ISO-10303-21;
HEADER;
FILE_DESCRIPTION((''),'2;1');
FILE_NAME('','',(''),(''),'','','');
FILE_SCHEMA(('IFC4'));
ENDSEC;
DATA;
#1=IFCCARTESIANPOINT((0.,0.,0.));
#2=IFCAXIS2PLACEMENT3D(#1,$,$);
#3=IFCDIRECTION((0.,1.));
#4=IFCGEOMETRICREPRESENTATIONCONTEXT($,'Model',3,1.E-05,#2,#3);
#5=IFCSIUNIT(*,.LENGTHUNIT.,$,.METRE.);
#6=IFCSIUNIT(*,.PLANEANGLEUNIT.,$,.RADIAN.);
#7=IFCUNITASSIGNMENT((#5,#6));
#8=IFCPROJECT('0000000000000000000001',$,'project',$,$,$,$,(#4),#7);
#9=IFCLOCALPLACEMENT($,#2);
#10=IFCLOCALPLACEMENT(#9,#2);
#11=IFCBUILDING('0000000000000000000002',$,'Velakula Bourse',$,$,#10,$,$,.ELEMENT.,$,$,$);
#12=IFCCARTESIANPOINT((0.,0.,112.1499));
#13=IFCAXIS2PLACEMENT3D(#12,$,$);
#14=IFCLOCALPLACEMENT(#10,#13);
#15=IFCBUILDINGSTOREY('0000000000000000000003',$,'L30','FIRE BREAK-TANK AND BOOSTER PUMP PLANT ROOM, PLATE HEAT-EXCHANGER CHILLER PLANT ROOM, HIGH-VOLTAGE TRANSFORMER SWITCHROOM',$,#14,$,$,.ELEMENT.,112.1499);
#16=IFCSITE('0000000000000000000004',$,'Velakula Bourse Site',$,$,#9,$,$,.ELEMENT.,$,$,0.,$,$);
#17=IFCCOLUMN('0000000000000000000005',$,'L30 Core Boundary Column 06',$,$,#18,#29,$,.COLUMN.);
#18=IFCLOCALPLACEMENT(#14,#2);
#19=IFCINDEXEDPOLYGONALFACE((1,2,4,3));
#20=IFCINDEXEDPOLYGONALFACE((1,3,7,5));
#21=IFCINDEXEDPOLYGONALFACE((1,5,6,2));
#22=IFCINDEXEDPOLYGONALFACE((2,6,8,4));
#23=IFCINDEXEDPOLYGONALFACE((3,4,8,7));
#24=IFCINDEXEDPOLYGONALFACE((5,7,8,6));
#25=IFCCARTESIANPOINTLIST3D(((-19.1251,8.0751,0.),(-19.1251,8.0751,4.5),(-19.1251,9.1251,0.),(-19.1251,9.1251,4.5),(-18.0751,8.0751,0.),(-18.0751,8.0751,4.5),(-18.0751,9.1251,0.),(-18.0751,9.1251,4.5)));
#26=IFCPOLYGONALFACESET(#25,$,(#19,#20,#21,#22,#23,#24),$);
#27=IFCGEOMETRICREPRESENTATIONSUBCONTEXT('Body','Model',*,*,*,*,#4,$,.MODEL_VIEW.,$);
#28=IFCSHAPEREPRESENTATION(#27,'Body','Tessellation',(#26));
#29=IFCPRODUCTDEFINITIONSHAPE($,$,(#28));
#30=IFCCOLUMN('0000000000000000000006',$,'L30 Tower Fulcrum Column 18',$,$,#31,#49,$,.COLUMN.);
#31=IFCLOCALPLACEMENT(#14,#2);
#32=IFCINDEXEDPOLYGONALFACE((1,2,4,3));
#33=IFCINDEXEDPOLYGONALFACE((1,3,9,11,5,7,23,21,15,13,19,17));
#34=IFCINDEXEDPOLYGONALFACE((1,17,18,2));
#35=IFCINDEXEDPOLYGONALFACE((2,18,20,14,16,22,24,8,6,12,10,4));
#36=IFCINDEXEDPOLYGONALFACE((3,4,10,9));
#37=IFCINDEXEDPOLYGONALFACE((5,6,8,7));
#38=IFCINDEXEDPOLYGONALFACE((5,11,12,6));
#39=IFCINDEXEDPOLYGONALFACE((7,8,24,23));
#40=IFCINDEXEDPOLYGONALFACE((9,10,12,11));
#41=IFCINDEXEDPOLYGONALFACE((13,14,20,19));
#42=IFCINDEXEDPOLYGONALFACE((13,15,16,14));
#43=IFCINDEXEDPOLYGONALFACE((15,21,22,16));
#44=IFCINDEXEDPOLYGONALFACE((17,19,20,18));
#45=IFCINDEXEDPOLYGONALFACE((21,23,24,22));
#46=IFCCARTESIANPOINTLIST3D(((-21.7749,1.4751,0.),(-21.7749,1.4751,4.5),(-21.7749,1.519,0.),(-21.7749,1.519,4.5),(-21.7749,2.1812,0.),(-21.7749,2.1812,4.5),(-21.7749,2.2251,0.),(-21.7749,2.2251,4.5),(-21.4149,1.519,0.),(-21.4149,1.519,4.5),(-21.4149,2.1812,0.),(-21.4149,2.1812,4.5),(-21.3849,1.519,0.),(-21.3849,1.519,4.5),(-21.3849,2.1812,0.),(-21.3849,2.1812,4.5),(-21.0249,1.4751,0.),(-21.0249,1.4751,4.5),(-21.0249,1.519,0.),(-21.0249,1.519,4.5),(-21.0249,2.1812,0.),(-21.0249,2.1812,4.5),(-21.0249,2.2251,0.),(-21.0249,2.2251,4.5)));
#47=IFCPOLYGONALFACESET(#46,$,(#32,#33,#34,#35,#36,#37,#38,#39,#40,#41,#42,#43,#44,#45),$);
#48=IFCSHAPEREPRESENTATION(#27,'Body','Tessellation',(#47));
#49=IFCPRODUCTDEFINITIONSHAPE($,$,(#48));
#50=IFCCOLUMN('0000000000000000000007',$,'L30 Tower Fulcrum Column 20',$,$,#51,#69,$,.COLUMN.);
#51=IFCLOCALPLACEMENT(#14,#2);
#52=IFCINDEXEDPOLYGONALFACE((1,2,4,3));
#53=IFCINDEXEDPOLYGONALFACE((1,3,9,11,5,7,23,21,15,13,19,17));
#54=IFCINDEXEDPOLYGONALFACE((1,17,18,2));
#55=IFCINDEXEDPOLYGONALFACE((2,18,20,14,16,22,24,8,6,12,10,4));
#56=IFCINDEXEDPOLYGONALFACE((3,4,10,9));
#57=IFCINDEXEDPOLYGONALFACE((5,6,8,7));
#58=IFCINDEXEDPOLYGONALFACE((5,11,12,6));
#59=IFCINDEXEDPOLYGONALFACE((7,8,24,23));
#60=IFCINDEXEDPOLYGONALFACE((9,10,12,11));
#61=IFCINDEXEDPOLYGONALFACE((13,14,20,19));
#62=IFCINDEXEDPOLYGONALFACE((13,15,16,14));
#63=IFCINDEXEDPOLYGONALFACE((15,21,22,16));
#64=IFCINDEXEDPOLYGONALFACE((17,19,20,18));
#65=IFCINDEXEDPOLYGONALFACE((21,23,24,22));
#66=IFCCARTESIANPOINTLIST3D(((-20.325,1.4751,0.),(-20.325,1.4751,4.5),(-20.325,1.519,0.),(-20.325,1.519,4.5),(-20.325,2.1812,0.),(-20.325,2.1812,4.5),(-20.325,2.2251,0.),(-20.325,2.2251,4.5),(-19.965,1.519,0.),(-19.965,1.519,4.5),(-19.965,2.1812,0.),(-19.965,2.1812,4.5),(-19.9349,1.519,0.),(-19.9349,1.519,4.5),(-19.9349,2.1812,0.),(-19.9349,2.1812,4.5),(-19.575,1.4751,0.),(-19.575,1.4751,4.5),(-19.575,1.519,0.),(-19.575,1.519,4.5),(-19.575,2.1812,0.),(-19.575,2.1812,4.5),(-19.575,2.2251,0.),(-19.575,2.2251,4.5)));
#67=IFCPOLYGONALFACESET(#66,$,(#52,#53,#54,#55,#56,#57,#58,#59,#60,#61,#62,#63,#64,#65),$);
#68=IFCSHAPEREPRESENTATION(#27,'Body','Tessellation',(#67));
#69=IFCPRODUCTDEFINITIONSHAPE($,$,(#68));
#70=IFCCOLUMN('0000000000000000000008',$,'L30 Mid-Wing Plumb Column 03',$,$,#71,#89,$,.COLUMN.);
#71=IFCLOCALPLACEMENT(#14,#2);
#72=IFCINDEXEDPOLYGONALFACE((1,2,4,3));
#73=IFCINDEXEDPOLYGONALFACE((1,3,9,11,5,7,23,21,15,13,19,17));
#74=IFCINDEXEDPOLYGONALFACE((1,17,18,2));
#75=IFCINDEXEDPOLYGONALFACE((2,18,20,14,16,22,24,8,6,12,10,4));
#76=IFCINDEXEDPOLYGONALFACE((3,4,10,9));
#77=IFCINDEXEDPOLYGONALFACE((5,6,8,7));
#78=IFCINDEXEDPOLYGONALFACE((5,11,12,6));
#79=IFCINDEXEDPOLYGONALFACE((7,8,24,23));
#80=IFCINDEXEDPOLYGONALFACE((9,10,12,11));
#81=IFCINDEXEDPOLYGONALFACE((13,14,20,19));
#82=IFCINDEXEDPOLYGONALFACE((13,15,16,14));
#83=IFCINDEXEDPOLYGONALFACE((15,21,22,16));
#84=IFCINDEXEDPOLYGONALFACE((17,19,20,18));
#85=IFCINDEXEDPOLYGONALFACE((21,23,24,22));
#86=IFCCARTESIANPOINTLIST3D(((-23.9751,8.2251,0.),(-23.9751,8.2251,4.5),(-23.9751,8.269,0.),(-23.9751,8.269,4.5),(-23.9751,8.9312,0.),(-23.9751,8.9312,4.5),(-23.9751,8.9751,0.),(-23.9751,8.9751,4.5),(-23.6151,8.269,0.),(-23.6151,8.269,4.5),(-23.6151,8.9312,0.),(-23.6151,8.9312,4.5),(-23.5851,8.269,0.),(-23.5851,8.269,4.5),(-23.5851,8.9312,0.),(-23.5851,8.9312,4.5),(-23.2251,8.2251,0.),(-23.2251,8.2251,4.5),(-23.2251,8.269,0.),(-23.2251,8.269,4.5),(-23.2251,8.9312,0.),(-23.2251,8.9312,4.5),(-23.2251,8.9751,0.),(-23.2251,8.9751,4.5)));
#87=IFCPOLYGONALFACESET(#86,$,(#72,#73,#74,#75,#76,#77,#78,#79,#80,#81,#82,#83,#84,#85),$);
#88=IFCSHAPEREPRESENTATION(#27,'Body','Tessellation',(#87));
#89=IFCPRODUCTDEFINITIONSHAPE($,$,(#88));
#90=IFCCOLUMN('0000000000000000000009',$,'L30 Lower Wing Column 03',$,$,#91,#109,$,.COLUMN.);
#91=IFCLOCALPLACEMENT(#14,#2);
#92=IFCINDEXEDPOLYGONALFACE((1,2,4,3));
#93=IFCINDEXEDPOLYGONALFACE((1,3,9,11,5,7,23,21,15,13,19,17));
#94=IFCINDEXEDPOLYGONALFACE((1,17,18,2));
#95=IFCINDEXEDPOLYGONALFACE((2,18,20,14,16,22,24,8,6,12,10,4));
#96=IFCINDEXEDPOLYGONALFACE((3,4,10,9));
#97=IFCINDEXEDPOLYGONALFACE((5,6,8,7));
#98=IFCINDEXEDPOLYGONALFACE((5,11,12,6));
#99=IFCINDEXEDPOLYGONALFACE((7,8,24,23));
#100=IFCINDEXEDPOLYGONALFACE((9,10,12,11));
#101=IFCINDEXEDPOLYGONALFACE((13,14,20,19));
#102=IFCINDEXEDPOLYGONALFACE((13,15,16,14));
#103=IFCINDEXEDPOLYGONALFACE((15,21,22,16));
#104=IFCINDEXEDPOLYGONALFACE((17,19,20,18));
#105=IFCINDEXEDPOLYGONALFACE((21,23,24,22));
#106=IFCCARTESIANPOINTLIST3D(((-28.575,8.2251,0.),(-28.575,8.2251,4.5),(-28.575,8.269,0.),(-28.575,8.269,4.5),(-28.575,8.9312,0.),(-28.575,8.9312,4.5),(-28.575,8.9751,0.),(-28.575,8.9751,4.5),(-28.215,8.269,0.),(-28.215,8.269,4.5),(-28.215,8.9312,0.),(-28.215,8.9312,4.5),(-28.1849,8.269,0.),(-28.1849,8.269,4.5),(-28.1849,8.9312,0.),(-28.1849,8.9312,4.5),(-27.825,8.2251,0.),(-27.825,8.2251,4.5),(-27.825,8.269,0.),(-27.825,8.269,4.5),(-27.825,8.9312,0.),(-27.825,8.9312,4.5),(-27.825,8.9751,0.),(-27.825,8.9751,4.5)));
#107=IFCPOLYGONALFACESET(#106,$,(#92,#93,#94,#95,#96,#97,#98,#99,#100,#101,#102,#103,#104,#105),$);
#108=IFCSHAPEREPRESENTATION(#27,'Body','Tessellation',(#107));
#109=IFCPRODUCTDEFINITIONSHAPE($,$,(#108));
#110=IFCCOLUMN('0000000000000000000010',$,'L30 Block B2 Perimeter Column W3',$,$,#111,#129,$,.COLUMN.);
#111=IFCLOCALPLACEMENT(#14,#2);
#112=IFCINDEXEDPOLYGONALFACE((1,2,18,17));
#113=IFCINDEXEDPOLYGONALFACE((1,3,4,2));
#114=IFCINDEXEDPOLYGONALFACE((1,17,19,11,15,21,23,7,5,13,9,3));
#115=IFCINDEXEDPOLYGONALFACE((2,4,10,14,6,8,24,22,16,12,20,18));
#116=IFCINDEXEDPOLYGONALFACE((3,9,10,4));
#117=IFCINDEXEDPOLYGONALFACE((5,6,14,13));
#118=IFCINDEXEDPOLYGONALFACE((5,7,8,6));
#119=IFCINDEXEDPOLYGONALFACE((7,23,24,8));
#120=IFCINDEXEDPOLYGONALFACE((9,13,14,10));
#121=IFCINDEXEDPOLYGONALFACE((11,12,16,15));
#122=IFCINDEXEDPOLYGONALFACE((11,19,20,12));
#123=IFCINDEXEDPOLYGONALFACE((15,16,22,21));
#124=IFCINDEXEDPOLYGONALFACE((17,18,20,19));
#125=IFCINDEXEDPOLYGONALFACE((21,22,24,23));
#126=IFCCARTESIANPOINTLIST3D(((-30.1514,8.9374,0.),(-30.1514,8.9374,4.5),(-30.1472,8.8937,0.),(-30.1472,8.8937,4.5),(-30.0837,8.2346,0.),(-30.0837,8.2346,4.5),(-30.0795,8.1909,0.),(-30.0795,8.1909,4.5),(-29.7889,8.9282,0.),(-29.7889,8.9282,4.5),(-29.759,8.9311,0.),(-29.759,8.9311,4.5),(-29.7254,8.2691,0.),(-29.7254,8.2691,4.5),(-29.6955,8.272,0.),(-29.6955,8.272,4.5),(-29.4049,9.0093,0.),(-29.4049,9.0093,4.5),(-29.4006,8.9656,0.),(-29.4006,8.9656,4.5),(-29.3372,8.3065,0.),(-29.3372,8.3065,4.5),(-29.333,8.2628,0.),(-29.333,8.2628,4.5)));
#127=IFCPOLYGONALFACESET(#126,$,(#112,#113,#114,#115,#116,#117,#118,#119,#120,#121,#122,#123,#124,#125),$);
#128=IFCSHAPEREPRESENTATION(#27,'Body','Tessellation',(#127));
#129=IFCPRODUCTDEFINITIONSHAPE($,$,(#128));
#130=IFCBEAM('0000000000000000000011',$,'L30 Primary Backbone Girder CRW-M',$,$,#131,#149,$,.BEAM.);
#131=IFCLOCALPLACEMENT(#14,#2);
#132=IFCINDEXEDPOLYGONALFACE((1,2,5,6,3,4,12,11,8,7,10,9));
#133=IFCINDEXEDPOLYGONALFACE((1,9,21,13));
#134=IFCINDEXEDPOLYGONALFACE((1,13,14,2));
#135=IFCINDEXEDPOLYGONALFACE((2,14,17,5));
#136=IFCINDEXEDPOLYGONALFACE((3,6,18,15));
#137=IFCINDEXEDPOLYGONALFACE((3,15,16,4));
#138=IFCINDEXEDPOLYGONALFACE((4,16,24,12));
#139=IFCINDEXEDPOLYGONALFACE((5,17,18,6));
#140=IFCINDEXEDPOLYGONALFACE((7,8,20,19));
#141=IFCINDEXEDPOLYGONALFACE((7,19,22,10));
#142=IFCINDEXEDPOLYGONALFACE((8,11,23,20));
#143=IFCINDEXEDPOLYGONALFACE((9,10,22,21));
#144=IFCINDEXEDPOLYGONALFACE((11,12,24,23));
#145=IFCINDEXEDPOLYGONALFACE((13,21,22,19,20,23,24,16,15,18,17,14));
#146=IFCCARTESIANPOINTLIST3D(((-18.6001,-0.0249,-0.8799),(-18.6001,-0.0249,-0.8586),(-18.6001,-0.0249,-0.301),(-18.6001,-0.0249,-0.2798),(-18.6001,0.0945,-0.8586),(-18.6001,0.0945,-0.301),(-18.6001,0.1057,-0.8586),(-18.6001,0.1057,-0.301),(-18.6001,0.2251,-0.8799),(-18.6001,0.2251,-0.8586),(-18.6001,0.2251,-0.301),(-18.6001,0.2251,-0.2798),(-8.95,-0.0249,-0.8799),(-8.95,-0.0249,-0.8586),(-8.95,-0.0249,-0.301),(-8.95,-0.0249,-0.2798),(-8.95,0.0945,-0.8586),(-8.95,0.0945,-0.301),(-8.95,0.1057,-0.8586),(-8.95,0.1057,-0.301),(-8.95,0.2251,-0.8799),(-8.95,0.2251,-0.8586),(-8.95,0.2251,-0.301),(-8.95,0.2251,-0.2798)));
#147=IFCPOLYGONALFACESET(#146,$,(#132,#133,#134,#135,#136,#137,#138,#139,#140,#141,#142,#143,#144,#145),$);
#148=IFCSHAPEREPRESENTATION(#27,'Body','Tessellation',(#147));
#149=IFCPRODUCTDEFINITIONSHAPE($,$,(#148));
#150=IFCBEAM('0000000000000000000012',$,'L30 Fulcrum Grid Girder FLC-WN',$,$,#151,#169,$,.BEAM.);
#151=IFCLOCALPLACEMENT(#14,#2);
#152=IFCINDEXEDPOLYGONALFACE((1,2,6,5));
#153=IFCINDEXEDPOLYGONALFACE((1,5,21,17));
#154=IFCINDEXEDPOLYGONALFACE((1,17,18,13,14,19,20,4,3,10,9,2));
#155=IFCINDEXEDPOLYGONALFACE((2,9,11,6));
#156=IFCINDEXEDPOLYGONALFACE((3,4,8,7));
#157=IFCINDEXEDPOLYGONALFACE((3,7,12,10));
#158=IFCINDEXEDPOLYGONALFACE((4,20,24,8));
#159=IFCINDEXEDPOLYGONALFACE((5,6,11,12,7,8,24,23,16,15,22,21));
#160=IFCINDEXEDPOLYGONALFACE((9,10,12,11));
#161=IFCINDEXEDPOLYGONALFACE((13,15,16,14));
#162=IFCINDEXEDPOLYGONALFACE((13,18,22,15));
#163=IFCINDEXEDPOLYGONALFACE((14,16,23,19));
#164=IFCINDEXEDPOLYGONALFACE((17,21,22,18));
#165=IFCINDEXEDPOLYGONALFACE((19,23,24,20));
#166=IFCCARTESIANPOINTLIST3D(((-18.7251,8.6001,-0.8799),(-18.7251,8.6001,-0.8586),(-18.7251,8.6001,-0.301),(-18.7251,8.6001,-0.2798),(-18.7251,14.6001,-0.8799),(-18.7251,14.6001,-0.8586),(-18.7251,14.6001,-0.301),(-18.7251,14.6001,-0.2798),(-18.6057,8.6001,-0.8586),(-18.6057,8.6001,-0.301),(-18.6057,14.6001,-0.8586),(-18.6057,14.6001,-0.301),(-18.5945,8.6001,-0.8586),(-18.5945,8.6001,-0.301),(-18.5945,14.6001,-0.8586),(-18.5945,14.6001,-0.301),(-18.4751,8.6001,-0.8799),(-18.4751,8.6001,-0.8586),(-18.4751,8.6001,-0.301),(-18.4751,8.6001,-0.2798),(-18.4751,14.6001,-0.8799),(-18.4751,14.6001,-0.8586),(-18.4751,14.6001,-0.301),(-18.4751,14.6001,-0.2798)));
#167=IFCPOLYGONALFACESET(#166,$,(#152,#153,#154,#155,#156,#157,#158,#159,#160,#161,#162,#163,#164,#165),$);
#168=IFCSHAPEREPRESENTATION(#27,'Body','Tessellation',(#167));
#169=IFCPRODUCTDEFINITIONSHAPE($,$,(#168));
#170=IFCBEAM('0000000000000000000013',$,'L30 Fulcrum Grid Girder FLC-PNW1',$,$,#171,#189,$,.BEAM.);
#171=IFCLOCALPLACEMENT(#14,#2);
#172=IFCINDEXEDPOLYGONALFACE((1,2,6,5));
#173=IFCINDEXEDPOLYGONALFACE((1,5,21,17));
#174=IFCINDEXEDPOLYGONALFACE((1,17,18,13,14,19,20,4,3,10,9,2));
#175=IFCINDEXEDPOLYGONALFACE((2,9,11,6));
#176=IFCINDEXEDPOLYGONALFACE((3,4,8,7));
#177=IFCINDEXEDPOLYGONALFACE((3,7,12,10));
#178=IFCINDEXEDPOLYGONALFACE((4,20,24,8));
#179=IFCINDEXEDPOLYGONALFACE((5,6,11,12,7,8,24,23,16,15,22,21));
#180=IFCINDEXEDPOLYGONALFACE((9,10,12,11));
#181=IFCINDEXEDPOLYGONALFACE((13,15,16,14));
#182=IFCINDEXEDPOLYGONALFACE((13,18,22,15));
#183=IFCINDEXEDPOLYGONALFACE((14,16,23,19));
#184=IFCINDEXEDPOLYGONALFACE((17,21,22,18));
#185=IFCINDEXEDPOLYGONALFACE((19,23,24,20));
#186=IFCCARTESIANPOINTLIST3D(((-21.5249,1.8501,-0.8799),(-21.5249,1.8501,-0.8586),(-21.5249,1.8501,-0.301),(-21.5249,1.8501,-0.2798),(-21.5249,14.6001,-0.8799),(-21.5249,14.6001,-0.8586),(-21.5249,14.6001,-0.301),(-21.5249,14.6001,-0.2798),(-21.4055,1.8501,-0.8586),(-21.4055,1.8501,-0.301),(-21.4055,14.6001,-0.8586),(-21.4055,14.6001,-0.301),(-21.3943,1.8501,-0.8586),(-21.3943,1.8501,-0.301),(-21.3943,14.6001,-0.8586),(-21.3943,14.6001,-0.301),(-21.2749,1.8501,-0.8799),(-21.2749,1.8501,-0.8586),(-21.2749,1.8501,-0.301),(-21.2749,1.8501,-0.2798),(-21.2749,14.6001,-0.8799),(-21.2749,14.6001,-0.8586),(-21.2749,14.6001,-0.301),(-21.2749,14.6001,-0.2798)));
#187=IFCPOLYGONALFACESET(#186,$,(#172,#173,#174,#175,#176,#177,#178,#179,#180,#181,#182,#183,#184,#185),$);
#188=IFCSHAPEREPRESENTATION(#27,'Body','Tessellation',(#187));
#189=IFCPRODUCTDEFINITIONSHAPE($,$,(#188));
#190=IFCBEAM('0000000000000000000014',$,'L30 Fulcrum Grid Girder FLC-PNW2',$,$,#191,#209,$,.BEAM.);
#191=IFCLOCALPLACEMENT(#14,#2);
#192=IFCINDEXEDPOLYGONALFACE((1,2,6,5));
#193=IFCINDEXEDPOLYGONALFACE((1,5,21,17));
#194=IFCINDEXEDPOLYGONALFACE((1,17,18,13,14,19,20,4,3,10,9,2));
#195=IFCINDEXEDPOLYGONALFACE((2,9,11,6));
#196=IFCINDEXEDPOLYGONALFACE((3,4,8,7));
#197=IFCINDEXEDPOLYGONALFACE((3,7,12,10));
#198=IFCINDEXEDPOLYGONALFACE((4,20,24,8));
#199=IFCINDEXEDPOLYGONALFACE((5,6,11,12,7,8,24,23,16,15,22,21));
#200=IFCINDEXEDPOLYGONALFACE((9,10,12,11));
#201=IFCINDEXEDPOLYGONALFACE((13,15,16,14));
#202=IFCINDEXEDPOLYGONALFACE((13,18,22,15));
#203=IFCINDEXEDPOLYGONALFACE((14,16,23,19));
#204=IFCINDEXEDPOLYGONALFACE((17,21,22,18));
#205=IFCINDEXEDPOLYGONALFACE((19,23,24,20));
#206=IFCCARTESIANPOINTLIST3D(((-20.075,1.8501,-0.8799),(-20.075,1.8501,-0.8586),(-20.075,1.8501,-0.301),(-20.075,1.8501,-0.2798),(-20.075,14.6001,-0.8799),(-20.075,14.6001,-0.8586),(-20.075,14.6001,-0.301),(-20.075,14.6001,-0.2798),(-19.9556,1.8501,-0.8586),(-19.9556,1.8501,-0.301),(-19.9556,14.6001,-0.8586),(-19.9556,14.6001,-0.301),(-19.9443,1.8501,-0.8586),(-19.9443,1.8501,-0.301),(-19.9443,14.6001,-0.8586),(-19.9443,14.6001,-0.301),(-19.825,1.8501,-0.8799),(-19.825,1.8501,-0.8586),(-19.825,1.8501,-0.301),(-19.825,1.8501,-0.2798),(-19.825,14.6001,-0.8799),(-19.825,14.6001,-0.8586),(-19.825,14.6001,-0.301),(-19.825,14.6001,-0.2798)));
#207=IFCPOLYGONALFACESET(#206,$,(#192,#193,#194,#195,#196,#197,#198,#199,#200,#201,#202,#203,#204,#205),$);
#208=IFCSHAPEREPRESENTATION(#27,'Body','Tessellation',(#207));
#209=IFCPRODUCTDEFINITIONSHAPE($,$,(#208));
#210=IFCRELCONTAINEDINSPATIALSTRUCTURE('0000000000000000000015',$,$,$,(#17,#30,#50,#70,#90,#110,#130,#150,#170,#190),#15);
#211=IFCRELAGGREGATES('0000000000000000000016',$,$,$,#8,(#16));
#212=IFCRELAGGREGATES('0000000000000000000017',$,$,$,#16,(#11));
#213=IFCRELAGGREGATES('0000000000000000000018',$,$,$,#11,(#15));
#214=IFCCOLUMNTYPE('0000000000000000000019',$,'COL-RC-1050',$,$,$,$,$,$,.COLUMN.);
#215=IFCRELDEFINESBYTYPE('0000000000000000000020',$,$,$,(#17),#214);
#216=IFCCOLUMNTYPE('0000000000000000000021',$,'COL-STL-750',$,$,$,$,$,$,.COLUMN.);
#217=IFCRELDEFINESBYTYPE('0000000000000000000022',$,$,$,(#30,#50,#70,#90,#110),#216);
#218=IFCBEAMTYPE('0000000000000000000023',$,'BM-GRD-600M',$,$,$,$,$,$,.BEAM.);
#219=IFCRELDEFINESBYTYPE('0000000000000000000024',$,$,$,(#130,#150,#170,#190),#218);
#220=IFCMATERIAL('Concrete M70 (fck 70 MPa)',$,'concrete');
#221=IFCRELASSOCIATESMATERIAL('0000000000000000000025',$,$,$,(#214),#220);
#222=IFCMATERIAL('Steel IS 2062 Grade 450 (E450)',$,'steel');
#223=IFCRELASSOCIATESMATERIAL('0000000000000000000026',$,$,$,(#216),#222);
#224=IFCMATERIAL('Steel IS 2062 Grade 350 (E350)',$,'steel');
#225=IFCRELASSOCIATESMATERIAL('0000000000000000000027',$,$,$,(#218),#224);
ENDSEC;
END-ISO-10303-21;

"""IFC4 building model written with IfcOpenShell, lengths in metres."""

from ifc_helpers import new_model, si_unit, direction, frame, origin, origin_2d, place, context, subcontext, project, spatial, rectangle, i_section, extrude, material, material_profile, profile_set, type_object, element, save


model = new_model("IFC4")

# Units and contexts
model_context = context("Model", 3, precision=1e-05, world=origin(), true_north=direction((0.0, 1.0)))
body_context = subcontext(model_context, "Body", "Model", "MODEL_VIEW")
ifc_project = project(units=[si_unit("LENGTHUNIT", "METRE"), si_unit("PLANEANGLEUNIT", "RADIAN")], contexts=[model_context])

# Site, building, storey
site_placement = place(None, origin())
site = spatial("IfcSite", under=ifc_project, at=site_placement, Name="Velakula Bourse Site", CompositionType="ELEMENT", RefElevation=0.0)
building_placement = place(site_placement, origin())
building = spatial("IfcBuilding", under=site, at=building_placement, Name="Velakula Bourse", CompositionType="ELEMENT")
storey_placement = place(building_placement, frame((0.0, 0.0, 112.1499)))
storey = spatial("IfcBuildingStorey", under=building, at=storey_placement, Name="L30", Description="FIRE BREAK-TANK AND BOOSTER PUMP PLANT ROOM, PLATE HEAT-EXCHANGER CHILLER PLANT ROOM, HIGH-VOLTAGE TRANSFORMER SWITCHROOM", CompositionType="ELEMENT", Elevation=112.1499)

# Columns
ifc_material_1 = material(Name="Concrete M70 (fck 70 MPa)", Category="concrete")
ifc_material_profile_1 = material_profile(ifc_material_1, rectangle(XDim=1.05, YDim=1.05, at=origin_2d()), Name="Concrete M70 (fck 70 MPa)")
ifc_profile_set_1 = profile_set([ifc_material_profile_1], Name="Concrete M70 (fck 70 MPa)")
column_type_1 = type_object("IfcColumnType", Name="COL-RC-1050", PredefinedType="COLUMN", material=ifc_profile_set_1)
column_placement = place(storey_placement, frame((-18.6001, 8.6001, 0.0), z_axis=(0.0, 0.0, 1.0), x_axis=(1.0, 0.0, 0.0)))
element("IfcColumn", 1, at=column_placement, inside=storey, type_object=column_type_1, Name="L30 Core Boundary Column 06", PredefinedType="COLUMN", context=body_context, shape_type="SweptSolid", body=[
    extrude(rectangle(XDim=1.05, YDim=1.05, at=origin_2d()), origin(), (0.0, 0.0, 1.0), 4.5),
])
ifc_material_2 = material(Name="Steel IS 2062 Grade 450 (E450)", Category="steel")
ifc_material_profile_2 = material_profile(ifc_material_2, i_section(OverallWidth=0.75, OverallDepth=0.75, WebThickness=0.03, FlangeThickness=0.0439, at=origin_2d()), Name="Steel IS 2062 Grade 450 (E450)")
ifc_profile_set_2 = profile_set([ifc_material_profile_2], Name="Steel IS 2062 Grade 450 (E450)")
column_type_2 = type_object("IfcColumnType", Name="COL-STL-750", PredefinedType="COLUMN", material=ifc_profile_set_2)
for number, where, z_axis, x_axis, name in (
    (2, (-21.3999, 1.8501, 0.0), (0.0, 0.0, 1.0), (1.0, 0.0, 0.0), "L30 Tower Fulcrum Column 18"),
    (3, (-19.95, 1.8501, 0.0), (0.0, 0.0, 1.0), (1.0, 0.0, 0.0), "L30 Tower Fulcrum Column 20"),
    (4, (-23.6001, 8.6001, 0.0), (0.0, 0.0, 1.0), (1.0, 0.0, 0.0), "L30 Mid-Wing Plumb Column 03"),
    (5, (-28.2, 8.6001, 0.0), (0.0, 0.0, 1.0), (1.0, 0.0, 0.0), "L30 Lower Wing Column 03"),
    (6, (-29.7422, 8.6001, 0.0), (0.0, 0.0, 1.0), (0.995396, 0.095846, 0.0), "L30 Block B2 Perimeter Column W3"),
):
    element("IfcColumn", number, at=place(storey_placement, frame(where, z_axis=z_axis, x_axis=x_axis)), inside=storey, type_object=column_type_2, Name=name, PredefinedType="COLUMN", context=body_context, shape_type="SweptSolid", body=[
        extrude(i_section(OverallWidth=0.75, OverallDepth=0.75, WebThickness=0.03, FlangeThickness=0.0439, at=origin_2d()), origin(), (0.0, 0.0, 1.0), 4.5),
    ])

# Beams
ifc_material_3 = material(Name="Steel IS 2062 Grade 350 (E350)", Category="steel")
ifc_material_profile_3 = material_profile(ifc_material_3, i_section(OverallWidth=0.25, OverallDepth=0.6001, WebThickness=0.0112, FlangeThickness=0.0212, at=origin_2d()), Name="Steel IS 2062 Grade 350 (E350)")
ifc_profile_set_3 = profile_set([ifc_material_profile_3], Name="Steel IS 2062 Grade 350 (E350)")
beam_type_1 = type_object("IfcBeamType", Name="BM-GRD-600M", PredefinedType="BEAM", material=ifc_profile_set_3)
beam_1_placement = place(storey_placement, frame((-18.6001, 0.1001, -0.5798), z_axis=(1.0, 0.0, 0.0), x_axis=(0.0, 1.0, 0.0)))
element("IfcBeam", 7, at=beam_1_placement, inside=storey, type_object=beam_type_1, Name="L30 Primary Backbone Girder CRW-M", PredefinedType="BEAM", context=body_context, shape_type="SweptSolid", body=[
    extrude(i_section(OverallWidth=0.25, OverallDepth=0.6001, WebThickness=0.0112, FlangeThickness=0.0212, at=origin_2d()), origin(), (0.0, 0.0, 1.0), 9.6501),
])
beam_2_placement = place(storey_placement, frame((-18.6001, 8.6001, -0.5798), z_axis=(0.0, 1.0, 0.0), x_axis=(-1.0, 0.0, 0.0)))
element("IfcBeam", 8, at=beam_2_placement, inside=storey, type_object=beam_type_1, Name="L30 Fulcrum Grid Girder FLC-WN", PredefinedType="BEAM", context=body_context, shape_type="SweptSolid", body=[
    extrude(i_section(OverallWidth=0.25, OverallDepth=0.6001, WebThickness=0.0112, FlangeThickness=0.0212, at=origin_2d()), origin(), (0.0, 0.0, 1.0), 6.0),
])
for number, where, z_axis, x_axis, name in (
    (9, (-21.3999, 1.8501, -0.5798), (0.0, 1.0, 0.0), (-1.0, 0.0, 0.0), "L30 Fulcrum Grid Girder FLC-PNW1"),
    (10, (-19.95, 1.8501, -0.5798), (0.0, 1.0, 0.0), (-1.0, 0.0, 0.0), "L30 Fulcrum Grid Girder FLC-PNW2"),
):
    element("IfcBeam", number, at=place(storey_placement, frame(where, z_axis=z_axis, x_axis=x_axis)), inside=storey, type_object=beam_type_1, Name=name, PredefinedType="BEAM", context=body_context, shape_type="SweptSolid", body=[
        extrude(i_section(OverallWidth=0.25, OverallDepth=0.6001, WebThickness=0.0112, FlangeThickness=0.0212, at=origin_2d()), origin(), (0.0, 0.0, 1.0), 12.75),
    ])

save(model, "model.ifc")
